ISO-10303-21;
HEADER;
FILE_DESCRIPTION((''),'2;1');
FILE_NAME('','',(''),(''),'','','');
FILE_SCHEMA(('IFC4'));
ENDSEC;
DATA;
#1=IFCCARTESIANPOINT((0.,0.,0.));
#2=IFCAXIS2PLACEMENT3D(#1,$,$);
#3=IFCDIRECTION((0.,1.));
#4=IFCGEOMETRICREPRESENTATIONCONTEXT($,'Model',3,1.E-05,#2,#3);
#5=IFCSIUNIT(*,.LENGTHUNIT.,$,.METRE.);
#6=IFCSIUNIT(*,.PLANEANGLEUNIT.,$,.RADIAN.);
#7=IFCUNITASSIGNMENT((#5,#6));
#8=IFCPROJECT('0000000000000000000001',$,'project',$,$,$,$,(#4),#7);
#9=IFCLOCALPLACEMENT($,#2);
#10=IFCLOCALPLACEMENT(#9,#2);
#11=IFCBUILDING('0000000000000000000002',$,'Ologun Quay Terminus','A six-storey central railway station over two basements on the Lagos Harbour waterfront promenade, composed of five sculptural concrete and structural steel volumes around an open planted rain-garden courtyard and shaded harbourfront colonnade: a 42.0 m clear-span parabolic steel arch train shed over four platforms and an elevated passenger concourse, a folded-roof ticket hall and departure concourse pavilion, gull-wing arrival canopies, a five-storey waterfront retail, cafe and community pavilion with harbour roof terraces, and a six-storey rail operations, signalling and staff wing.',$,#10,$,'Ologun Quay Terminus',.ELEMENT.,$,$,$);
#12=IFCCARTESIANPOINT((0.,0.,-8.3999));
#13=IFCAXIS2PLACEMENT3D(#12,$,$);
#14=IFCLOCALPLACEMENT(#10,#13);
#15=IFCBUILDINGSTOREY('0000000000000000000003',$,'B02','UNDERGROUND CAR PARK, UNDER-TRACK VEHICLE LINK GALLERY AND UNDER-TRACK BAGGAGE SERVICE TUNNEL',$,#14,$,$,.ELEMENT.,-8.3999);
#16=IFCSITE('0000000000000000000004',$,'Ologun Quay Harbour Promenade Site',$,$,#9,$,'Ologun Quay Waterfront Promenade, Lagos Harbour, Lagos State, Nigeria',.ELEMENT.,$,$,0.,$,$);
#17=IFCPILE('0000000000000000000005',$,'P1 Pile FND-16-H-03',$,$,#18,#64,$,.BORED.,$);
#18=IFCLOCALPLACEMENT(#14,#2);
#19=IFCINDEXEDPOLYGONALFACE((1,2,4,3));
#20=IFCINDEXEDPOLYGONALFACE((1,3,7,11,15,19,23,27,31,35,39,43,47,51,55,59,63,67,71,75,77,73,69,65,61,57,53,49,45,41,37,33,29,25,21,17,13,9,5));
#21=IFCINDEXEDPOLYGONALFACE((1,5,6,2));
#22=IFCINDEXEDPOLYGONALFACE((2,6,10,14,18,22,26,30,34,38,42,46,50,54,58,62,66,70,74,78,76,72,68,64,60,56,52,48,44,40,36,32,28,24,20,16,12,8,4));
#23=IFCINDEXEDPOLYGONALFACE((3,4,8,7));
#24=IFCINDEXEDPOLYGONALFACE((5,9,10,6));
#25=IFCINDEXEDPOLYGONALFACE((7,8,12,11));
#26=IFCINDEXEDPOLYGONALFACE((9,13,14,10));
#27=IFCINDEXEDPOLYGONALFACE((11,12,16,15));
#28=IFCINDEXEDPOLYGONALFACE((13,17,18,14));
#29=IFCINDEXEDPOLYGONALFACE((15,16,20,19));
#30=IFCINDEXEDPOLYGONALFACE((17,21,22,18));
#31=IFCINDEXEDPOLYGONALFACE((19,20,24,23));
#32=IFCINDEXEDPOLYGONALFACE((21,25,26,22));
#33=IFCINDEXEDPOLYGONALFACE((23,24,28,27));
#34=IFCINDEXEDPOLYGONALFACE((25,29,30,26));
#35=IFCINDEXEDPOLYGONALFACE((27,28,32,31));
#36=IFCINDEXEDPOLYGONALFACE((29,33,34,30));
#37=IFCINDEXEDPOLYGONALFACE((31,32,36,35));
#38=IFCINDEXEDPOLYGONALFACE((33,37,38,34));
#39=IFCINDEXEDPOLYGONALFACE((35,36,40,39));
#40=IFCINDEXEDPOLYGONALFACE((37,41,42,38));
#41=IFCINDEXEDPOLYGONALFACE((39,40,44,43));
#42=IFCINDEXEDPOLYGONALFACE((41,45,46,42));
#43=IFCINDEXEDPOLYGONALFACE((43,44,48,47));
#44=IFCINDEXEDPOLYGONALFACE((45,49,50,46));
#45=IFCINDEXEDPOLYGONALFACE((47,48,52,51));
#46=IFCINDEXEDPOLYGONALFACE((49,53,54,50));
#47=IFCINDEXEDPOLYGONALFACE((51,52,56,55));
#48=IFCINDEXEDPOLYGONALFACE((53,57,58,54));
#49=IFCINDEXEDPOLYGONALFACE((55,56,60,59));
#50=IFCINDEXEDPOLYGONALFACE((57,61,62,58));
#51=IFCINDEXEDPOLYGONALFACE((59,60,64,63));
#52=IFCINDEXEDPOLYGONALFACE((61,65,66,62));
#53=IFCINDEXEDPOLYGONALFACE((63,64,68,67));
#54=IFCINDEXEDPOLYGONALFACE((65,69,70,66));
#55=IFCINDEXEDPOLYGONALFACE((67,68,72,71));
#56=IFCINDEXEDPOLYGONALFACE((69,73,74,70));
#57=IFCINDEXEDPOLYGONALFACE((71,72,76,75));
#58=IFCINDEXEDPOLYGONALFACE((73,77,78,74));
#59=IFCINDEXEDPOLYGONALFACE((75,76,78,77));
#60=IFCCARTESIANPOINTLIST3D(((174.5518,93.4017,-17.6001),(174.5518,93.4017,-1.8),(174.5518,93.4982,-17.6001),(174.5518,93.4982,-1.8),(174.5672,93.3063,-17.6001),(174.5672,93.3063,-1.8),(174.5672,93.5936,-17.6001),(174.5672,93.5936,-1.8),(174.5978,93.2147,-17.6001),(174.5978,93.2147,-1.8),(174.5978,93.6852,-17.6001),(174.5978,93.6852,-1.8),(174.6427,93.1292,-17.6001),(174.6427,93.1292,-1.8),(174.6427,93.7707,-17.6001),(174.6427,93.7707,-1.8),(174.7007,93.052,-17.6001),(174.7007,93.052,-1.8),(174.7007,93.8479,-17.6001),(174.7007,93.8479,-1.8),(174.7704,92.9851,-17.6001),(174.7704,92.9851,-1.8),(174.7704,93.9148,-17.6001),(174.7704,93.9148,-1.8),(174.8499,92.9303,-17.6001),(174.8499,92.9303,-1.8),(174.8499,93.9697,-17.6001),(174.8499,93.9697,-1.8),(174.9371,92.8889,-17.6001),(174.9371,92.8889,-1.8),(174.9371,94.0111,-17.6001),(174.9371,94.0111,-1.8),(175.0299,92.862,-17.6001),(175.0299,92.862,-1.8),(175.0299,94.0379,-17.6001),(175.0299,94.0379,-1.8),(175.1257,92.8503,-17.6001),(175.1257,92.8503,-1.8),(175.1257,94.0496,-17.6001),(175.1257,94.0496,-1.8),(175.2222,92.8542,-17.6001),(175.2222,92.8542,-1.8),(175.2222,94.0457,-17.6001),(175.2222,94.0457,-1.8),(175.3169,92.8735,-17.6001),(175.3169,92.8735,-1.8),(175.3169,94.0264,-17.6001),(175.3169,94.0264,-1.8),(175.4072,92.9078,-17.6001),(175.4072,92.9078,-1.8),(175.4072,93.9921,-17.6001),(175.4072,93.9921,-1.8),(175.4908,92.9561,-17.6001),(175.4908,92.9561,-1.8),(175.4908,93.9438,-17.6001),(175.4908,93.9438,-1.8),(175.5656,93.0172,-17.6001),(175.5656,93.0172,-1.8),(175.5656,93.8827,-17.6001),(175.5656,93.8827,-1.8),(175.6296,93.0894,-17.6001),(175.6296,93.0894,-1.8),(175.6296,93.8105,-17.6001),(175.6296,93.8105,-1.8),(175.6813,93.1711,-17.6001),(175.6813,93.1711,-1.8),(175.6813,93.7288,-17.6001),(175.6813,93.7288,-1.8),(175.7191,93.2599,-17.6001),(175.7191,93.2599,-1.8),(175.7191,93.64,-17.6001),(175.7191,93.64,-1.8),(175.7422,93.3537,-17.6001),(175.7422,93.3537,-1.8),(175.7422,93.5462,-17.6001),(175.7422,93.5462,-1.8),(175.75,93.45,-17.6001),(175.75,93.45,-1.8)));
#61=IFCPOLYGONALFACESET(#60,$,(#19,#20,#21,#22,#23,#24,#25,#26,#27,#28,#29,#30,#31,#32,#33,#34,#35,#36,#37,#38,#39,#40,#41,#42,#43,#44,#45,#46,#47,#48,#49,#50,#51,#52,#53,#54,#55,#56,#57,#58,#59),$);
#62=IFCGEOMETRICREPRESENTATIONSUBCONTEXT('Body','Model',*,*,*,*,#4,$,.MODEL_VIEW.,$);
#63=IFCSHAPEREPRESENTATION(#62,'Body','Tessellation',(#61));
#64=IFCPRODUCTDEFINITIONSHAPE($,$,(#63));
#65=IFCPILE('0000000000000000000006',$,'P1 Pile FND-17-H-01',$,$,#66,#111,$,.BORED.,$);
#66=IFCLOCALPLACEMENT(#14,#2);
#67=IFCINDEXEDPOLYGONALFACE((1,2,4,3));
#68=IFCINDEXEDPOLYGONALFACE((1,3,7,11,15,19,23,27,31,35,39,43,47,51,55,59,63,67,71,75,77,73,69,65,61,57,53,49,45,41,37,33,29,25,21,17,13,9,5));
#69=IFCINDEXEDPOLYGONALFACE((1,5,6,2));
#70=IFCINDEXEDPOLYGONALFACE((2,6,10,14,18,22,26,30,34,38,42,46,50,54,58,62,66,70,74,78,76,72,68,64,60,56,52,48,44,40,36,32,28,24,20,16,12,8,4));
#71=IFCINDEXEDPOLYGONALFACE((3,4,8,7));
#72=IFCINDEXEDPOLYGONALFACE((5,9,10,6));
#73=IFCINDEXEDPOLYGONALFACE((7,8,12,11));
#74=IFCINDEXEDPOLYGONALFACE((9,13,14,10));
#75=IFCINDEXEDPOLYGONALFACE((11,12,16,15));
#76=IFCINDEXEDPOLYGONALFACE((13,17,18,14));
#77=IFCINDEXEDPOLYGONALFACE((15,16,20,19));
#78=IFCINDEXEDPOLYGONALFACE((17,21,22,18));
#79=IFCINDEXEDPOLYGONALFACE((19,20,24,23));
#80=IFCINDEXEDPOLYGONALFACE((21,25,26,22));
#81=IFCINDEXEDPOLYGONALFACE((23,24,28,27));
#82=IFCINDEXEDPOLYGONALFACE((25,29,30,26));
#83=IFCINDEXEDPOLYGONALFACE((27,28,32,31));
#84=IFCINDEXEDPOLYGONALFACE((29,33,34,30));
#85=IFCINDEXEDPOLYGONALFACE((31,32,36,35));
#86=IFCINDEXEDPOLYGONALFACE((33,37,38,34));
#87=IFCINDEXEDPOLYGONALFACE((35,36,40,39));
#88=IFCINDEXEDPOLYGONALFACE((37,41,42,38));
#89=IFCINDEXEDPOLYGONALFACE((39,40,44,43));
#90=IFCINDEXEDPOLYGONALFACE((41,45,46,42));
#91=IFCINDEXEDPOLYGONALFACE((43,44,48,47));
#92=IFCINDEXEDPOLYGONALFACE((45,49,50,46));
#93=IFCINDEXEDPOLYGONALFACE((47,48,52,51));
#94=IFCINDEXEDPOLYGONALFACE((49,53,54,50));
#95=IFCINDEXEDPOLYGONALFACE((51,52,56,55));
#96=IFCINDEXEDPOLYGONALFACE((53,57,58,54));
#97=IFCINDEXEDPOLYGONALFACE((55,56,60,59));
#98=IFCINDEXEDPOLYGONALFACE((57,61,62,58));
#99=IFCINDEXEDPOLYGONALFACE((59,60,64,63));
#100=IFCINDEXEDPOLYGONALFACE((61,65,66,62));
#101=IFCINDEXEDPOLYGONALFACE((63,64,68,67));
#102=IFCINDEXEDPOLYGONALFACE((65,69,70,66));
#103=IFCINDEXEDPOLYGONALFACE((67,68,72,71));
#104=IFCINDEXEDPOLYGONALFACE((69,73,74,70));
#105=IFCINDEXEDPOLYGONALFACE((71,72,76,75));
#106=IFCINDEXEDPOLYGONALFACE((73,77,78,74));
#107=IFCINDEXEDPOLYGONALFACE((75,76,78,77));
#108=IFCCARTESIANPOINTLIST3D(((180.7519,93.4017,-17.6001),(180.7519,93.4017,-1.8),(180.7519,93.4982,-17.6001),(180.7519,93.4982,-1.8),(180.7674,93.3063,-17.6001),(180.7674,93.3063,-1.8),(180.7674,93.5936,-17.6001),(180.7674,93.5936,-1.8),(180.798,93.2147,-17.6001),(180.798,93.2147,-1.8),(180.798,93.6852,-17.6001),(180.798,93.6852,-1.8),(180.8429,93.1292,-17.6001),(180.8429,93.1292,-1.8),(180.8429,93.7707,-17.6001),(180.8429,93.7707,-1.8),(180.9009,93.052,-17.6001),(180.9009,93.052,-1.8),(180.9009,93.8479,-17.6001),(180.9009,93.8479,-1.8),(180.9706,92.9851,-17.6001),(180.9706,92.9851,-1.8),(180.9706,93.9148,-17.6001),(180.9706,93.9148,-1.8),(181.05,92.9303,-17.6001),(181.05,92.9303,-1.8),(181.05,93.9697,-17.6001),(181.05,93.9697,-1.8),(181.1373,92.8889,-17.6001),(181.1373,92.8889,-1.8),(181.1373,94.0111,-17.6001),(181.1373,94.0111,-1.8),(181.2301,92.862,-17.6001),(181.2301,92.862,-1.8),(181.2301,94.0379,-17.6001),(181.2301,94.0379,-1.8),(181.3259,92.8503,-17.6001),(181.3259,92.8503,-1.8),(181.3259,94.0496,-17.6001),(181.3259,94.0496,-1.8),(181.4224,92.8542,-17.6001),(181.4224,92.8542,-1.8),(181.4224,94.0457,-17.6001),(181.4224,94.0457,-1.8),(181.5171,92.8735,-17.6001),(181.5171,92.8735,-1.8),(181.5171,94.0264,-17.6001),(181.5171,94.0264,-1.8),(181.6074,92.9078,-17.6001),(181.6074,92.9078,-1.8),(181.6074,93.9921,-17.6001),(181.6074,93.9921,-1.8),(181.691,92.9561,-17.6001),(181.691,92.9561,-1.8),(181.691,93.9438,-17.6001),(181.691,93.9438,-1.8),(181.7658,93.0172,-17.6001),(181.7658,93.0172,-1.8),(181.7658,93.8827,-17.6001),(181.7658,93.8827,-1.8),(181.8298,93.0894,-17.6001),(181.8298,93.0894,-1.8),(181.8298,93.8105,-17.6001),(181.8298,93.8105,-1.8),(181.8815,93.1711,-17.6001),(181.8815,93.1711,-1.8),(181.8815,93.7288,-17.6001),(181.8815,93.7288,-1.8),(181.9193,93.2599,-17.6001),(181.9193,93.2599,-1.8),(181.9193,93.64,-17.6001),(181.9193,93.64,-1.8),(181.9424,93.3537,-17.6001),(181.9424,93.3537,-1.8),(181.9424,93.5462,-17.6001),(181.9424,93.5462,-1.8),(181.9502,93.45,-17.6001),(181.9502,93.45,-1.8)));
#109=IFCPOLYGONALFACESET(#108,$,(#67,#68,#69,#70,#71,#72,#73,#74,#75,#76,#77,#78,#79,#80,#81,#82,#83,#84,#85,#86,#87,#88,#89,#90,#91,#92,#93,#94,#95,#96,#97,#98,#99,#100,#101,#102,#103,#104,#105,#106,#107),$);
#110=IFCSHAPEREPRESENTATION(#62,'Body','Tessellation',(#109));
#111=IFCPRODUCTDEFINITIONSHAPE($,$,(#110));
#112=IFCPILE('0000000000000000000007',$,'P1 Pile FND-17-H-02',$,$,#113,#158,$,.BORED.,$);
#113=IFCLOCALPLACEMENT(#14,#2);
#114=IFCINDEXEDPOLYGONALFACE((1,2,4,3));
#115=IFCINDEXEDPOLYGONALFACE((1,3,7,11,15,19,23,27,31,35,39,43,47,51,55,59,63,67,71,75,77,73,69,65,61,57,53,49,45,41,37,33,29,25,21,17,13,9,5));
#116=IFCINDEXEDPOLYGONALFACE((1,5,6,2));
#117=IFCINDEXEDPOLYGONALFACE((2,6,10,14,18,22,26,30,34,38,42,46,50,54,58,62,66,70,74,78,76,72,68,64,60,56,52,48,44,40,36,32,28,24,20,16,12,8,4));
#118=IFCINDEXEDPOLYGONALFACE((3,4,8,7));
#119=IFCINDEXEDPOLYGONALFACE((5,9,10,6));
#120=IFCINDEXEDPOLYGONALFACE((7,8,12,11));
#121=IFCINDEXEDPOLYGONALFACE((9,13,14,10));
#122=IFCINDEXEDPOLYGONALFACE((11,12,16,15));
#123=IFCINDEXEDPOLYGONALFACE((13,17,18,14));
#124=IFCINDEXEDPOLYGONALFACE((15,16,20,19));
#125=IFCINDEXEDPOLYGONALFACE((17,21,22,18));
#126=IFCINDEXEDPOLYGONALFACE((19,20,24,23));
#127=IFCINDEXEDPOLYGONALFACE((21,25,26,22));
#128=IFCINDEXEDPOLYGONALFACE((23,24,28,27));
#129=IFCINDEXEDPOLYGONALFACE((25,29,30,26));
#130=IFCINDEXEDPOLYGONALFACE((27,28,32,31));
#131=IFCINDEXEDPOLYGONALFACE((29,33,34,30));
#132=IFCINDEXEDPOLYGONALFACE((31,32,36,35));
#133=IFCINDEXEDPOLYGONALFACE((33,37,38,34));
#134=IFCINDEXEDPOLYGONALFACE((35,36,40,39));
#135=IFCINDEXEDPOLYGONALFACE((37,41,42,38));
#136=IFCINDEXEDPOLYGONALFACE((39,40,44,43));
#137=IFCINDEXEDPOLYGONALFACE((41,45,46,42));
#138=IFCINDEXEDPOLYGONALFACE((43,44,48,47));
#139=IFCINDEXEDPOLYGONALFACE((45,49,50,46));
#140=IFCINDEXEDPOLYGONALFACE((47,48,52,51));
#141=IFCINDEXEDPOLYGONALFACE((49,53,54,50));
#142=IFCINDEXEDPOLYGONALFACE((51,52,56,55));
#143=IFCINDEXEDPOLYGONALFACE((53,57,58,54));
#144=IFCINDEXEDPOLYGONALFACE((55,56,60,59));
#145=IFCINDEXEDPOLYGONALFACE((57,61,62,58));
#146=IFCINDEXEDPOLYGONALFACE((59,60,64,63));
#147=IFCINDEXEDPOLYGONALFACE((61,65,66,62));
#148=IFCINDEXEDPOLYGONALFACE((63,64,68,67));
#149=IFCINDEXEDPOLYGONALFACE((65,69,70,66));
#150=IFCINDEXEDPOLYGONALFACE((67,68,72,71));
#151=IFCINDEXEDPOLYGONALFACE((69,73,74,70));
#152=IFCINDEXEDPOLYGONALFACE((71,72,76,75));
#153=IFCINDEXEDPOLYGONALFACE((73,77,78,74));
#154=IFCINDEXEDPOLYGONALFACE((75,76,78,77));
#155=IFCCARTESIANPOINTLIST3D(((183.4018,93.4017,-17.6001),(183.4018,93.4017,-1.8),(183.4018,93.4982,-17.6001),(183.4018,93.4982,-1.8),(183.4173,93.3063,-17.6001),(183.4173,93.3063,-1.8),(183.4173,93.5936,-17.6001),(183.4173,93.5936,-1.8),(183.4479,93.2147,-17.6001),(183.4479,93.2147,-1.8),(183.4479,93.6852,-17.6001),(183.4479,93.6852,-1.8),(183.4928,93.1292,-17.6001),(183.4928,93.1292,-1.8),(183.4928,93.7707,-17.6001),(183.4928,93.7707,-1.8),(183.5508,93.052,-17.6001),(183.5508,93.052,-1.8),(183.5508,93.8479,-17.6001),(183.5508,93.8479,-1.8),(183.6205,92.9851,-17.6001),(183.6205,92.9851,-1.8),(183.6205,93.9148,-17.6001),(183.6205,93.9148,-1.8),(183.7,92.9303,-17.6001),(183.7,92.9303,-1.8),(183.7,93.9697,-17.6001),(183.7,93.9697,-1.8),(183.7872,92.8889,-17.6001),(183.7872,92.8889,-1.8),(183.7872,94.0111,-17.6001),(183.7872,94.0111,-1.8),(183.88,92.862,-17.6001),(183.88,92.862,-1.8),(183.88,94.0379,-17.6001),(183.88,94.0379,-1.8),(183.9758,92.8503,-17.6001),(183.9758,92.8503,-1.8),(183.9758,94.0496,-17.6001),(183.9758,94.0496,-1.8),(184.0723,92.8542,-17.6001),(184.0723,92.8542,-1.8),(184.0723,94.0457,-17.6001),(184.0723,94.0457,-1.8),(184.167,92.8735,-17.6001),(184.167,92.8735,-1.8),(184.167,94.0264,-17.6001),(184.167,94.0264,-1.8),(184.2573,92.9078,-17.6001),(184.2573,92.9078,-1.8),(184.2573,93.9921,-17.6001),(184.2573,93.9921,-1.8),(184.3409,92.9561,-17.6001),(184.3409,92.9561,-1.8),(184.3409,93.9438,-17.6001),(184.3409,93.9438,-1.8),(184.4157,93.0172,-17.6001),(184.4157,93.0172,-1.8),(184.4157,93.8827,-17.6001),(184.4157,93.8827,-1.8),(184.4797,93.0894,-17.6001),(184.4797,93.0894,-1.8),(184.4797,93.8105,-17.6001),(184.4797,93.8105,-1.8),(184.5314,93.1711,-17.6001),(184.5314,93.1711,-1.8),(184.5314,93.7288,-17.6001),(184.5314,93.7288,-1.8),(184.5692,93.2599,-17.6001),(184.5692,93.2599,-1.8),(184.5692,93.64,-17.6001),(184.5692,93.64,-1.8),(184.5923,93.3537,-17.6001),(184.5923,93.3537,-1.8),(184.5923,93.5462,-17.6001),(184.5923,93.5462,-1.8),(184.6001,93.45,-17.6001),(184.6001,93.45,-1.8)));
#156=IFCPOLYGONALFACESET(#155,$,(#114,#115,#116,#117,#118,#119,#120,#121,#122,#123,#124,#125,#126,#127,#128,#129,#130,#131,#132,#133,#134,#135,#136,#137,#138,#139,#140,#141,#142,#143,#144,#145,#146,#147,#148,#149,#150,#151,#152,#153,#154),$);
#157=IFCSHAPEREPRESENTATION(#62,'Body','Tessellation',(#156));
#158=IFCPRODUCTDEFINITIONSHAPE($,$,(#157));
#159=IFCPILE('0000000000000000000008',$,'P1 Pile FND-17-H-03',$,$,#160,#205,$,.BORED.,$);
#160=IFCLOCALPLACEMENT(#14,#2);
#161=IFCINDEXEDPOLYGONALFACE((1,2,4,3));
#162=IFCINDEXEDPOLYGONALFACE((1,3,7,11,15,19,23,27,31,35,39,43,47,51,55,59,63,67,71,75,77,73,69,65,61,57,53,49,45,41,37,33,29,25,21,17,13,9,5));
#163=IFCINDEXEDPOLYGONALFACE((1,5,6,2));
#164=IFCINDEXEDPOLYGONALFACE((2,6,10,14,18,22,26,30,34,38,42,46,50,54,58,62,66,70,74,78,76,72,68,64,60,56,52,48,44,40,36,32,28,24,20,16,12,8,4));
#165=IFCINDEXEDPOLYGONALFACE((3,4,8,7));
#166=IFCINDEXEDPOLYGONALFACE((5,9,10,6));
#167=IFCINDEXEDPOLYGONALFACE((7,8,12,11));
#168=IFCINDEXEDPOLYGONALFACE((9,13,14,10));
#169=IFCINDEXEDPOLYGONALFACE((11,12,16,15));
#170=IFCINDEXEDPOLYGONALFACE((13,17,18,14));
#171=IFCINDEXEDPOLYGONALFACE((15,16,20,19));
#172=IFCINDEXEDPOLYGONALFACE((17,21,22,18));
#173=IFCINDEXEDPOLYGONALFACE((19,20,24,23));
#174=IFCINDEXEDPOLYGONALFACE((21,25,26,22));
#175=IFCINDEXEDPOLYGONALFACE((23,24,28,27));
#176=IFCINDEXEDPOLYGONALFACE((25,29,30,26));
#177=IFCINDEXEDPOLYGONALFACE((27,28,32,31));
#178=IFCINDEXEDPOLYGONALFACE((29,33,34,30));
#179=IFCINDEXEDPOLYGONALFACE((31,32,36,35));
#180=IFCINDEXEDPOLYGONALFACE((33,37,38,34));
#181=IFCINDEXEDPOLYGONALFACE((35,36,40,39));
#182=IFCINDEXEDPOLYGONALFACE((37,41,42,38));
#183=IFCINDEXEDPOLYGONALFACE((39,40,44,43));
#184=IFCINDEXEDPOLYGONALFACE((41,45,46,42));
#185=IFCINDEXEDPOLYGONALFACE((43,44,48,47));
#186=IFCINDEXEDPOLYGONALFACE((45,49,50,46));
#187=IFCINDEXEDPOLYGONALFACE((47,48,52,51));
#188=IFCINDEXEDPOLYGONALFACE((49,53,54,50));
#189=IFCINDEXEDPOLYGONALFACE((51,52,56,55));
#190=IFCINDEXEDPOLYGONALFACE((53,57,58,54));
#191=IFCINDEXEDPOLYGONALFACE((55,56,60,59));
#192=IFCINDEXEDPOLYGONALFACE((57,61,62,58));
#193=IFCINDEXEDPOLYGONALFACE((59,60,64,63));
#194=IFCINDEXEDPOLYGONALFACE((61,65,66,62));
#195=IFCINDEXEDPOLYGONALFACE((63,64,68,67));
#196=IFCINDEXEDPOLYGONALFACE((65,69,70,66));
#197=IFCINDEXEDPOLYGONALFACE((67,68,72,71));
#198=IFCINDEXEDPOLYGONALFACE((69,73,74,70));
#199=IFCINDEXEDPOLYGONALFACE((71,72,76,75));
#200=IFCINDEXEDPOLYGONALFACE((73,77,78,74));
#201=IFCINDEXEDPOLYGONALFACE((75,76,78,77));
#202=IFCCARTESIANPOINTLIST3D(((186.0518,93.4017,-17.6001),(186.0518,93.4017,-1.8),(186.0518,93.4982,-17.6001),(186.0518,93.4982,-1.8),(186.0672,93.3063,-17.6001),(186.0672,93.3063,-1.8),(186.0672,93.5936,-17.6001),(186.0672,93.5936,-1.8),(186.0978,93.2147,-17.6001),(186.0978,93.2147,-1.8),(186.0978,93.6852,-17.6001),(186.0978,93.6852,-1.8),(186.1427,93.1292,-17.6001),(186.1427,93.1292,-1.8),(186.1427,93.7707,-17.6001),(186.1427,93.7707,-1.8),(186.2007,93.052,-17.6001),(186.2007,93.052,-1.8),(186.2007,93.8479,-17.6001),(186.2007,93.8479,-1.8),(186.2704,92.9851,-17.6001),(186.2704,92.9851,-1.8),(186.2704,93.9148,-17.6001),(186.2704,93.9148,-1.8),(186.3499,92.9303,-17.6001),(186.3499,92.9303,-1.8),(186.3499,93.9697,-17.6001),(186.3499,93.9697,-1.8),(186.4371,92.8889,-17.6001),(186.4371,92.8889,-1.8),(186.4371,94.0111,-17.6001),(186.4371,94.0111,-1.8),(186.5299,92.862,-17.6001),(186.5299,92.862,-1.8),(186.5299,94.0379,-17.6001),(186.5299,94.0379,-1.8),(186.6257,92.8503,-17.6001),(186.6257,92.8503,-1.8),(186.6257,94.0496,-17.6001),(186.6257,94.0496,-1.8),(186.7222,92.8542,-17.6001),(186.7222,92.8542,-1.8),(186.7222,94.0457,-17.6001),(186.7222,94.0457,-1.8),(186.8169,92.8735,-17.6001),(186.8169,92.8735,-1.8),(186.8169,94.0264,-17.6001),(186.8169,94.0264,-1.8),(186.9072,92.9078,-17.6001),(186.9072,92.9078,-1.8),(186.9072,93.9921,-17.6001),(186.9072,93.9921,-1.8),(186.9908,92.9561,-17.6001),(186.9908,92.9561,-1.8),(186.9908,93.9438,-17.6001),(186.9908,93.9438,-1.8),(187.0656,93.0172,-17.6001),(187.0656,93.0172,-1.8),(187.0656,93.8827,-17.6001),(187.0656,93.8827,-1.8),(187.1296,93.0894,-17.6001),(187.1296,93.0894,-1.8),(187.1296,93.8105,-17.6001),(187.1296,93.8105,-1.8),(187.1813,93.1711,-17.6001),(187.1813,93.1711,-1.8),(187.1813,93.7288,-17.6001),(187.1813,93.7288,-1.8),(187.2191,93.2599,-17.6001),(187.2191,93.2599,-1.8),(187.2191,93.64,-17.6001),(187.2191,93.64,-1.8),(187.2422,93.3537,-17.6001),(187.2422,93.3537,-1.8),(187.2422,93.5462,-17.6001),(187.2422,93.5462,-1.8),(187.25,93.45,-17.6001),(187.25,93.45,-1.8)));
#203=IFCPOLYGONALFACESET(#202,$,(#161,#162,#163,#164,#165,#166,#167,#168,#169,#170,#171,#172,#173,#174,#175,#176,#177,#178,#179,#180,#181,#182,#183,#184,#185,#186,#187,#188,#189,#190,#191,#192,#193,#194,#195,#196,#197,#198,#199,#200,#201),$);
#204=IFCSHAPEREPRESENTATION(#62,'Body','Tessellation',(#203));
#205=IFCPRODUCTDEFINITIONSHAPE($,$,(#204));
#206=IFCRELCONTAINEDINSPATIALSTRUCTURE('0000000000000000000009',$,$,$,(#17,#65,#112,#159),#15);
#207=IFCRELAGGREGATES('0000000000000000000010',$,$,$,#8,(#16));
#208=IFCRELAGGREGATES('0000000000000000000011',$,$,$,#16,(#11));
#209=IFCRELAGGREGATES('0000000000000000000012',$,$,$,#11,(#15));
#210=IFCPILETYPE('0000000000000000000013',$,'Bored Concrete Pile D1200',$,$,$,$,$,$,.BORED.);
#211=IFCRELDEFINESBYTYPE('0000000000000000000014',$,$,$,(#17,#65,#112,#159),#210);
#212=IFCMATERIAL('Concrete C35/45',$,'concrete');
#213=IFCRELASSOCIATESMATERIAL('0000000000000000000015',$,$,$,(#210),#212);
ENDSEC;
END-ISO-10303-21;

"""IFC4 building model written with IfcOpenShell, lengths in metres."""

from ifc_helpers import new_model, si_unit, direction, frame, origin, origin_2d, place, context, subcontext, project, spatial, circle, extrude, material, material_profile, profile_set, type_object, element, save


model = new_model("IFC4")

# Units and contexts
model_context = context("Model", 3, precision=1e-05, world=origin(), true_north=direction((0.0, 1.0)))
body_context = subcontext(model_context, "Body", "Model", "MODEL_VIEW")
ifc_project = project(units=[si_unit("LENGTHUNIT", "METRE"), si_unit("PLANEANGLEUNIT", "RADIAN")], contexts=[model_context])

# Site, building, storey
site_placement = place(None, origin())
site = spatial("IfcSite", under=ifc_project, at=site_placement, Name="Ologun Quay Harbour Promenade Site", LongName="Ologun Quay Waterfront Promenade, Lagos Harbour, Lagos State, Nigeria", CompositionType="ELEMENT", RefElevation=0.0)
building_placement = place(site_placement, origin())
building = spatial("IfcBuilding", under=site, at=building_placement, Name="Ologun Quay Terminus", Description="A six-storey central railway station over two basements on the Lagos Harbour waterfront promenade, composed of five sculptural concrete and structural steel volumes around an open planted rain-garden courtyard and shaded harbourfront colonnade: a 42.0 m clear-span parabolic steel arch train shed over four platforms and an elevated passenger concourse, a folded-roof ticket hall and departure concourse pavilion, gull-wing arrival canopies, a five-storey waterfront retail, cafe and community pavilion with harbour roof terraces, and a six-storey rail operations, signalling and staff wing.", LongName="Ologun Quay Terminus", CompositionType="ELEMENT")
storey_placement = place(building_placement, frame((0.0, 0.0, -8.3999)))
storey = spatial("IfcBuildingStorey", under=building, at=storey_placement, Name="B02", Description="UNDERGROUND CAR PARK, UNDER-TRACK VEHICLE LINK GALLERY AND UNDER-TRACK BAGGAGE SERVICE TUNNEL", CompositionType="ELEMENT", Elevation=-8.3999)

# Piles
ifc_material_1 = material(Name="Concrete C35/45", Category="concrete")
ifc_material_profile_1 = material_profile(ifc_material_1, circle(Radius=0.6001, at=origin_2d()), Name="PILE D1200")
ifc_profile_set_1 = profile_set([ifc_material_profile_1], Name="Concrete C35/45")
pile_type = type_object("IfcPileType", Name="Bored Concrete Pile D1200", PredefinedType="BORED", material=ifc_profile_set_1)
for number, where, z_axis, x_axis, name in (
    (1, (175.1499, 93.45, -1.8), (0.0, 0.0, -1.0), (1.0, 0.0, 0.0), "P1 Pile FND-16-H-03"),
    (2, (181.3501, 93.45, -1.8), (0.0, 0.0, -1.0), (1.0, 0.0, 0.0), "P1 Pile FND-17-H-01"),
    (3, (184.0, 93.45, -1.8), (0.0, 0.0, -1.0), (1.0, 0.0, 0.0), "P1 Pile FND-17-H-02"),
    (4, (186.6499, 93.45, -1.8), (0.0, 0.0, -1.0), (1.0, 0.0, 0.0), "P1 Pile FND-17-H-03"),
):
    element("IfcPile", number, at=place(storey_placement, frame(where, z_axis=z_axis, x_axis=x_axis)), inside=storey, type_object=pile_type, Name=name, PredefinedType="BORED", context=body_context, shape_type="SweptSolid", body=[
        extrude(circle(Radius=0.6001, at=origin_2d()), origin(), (0.0, 0.0, 1.0), 15.8),
    ])

save(model, "model.ifc")
